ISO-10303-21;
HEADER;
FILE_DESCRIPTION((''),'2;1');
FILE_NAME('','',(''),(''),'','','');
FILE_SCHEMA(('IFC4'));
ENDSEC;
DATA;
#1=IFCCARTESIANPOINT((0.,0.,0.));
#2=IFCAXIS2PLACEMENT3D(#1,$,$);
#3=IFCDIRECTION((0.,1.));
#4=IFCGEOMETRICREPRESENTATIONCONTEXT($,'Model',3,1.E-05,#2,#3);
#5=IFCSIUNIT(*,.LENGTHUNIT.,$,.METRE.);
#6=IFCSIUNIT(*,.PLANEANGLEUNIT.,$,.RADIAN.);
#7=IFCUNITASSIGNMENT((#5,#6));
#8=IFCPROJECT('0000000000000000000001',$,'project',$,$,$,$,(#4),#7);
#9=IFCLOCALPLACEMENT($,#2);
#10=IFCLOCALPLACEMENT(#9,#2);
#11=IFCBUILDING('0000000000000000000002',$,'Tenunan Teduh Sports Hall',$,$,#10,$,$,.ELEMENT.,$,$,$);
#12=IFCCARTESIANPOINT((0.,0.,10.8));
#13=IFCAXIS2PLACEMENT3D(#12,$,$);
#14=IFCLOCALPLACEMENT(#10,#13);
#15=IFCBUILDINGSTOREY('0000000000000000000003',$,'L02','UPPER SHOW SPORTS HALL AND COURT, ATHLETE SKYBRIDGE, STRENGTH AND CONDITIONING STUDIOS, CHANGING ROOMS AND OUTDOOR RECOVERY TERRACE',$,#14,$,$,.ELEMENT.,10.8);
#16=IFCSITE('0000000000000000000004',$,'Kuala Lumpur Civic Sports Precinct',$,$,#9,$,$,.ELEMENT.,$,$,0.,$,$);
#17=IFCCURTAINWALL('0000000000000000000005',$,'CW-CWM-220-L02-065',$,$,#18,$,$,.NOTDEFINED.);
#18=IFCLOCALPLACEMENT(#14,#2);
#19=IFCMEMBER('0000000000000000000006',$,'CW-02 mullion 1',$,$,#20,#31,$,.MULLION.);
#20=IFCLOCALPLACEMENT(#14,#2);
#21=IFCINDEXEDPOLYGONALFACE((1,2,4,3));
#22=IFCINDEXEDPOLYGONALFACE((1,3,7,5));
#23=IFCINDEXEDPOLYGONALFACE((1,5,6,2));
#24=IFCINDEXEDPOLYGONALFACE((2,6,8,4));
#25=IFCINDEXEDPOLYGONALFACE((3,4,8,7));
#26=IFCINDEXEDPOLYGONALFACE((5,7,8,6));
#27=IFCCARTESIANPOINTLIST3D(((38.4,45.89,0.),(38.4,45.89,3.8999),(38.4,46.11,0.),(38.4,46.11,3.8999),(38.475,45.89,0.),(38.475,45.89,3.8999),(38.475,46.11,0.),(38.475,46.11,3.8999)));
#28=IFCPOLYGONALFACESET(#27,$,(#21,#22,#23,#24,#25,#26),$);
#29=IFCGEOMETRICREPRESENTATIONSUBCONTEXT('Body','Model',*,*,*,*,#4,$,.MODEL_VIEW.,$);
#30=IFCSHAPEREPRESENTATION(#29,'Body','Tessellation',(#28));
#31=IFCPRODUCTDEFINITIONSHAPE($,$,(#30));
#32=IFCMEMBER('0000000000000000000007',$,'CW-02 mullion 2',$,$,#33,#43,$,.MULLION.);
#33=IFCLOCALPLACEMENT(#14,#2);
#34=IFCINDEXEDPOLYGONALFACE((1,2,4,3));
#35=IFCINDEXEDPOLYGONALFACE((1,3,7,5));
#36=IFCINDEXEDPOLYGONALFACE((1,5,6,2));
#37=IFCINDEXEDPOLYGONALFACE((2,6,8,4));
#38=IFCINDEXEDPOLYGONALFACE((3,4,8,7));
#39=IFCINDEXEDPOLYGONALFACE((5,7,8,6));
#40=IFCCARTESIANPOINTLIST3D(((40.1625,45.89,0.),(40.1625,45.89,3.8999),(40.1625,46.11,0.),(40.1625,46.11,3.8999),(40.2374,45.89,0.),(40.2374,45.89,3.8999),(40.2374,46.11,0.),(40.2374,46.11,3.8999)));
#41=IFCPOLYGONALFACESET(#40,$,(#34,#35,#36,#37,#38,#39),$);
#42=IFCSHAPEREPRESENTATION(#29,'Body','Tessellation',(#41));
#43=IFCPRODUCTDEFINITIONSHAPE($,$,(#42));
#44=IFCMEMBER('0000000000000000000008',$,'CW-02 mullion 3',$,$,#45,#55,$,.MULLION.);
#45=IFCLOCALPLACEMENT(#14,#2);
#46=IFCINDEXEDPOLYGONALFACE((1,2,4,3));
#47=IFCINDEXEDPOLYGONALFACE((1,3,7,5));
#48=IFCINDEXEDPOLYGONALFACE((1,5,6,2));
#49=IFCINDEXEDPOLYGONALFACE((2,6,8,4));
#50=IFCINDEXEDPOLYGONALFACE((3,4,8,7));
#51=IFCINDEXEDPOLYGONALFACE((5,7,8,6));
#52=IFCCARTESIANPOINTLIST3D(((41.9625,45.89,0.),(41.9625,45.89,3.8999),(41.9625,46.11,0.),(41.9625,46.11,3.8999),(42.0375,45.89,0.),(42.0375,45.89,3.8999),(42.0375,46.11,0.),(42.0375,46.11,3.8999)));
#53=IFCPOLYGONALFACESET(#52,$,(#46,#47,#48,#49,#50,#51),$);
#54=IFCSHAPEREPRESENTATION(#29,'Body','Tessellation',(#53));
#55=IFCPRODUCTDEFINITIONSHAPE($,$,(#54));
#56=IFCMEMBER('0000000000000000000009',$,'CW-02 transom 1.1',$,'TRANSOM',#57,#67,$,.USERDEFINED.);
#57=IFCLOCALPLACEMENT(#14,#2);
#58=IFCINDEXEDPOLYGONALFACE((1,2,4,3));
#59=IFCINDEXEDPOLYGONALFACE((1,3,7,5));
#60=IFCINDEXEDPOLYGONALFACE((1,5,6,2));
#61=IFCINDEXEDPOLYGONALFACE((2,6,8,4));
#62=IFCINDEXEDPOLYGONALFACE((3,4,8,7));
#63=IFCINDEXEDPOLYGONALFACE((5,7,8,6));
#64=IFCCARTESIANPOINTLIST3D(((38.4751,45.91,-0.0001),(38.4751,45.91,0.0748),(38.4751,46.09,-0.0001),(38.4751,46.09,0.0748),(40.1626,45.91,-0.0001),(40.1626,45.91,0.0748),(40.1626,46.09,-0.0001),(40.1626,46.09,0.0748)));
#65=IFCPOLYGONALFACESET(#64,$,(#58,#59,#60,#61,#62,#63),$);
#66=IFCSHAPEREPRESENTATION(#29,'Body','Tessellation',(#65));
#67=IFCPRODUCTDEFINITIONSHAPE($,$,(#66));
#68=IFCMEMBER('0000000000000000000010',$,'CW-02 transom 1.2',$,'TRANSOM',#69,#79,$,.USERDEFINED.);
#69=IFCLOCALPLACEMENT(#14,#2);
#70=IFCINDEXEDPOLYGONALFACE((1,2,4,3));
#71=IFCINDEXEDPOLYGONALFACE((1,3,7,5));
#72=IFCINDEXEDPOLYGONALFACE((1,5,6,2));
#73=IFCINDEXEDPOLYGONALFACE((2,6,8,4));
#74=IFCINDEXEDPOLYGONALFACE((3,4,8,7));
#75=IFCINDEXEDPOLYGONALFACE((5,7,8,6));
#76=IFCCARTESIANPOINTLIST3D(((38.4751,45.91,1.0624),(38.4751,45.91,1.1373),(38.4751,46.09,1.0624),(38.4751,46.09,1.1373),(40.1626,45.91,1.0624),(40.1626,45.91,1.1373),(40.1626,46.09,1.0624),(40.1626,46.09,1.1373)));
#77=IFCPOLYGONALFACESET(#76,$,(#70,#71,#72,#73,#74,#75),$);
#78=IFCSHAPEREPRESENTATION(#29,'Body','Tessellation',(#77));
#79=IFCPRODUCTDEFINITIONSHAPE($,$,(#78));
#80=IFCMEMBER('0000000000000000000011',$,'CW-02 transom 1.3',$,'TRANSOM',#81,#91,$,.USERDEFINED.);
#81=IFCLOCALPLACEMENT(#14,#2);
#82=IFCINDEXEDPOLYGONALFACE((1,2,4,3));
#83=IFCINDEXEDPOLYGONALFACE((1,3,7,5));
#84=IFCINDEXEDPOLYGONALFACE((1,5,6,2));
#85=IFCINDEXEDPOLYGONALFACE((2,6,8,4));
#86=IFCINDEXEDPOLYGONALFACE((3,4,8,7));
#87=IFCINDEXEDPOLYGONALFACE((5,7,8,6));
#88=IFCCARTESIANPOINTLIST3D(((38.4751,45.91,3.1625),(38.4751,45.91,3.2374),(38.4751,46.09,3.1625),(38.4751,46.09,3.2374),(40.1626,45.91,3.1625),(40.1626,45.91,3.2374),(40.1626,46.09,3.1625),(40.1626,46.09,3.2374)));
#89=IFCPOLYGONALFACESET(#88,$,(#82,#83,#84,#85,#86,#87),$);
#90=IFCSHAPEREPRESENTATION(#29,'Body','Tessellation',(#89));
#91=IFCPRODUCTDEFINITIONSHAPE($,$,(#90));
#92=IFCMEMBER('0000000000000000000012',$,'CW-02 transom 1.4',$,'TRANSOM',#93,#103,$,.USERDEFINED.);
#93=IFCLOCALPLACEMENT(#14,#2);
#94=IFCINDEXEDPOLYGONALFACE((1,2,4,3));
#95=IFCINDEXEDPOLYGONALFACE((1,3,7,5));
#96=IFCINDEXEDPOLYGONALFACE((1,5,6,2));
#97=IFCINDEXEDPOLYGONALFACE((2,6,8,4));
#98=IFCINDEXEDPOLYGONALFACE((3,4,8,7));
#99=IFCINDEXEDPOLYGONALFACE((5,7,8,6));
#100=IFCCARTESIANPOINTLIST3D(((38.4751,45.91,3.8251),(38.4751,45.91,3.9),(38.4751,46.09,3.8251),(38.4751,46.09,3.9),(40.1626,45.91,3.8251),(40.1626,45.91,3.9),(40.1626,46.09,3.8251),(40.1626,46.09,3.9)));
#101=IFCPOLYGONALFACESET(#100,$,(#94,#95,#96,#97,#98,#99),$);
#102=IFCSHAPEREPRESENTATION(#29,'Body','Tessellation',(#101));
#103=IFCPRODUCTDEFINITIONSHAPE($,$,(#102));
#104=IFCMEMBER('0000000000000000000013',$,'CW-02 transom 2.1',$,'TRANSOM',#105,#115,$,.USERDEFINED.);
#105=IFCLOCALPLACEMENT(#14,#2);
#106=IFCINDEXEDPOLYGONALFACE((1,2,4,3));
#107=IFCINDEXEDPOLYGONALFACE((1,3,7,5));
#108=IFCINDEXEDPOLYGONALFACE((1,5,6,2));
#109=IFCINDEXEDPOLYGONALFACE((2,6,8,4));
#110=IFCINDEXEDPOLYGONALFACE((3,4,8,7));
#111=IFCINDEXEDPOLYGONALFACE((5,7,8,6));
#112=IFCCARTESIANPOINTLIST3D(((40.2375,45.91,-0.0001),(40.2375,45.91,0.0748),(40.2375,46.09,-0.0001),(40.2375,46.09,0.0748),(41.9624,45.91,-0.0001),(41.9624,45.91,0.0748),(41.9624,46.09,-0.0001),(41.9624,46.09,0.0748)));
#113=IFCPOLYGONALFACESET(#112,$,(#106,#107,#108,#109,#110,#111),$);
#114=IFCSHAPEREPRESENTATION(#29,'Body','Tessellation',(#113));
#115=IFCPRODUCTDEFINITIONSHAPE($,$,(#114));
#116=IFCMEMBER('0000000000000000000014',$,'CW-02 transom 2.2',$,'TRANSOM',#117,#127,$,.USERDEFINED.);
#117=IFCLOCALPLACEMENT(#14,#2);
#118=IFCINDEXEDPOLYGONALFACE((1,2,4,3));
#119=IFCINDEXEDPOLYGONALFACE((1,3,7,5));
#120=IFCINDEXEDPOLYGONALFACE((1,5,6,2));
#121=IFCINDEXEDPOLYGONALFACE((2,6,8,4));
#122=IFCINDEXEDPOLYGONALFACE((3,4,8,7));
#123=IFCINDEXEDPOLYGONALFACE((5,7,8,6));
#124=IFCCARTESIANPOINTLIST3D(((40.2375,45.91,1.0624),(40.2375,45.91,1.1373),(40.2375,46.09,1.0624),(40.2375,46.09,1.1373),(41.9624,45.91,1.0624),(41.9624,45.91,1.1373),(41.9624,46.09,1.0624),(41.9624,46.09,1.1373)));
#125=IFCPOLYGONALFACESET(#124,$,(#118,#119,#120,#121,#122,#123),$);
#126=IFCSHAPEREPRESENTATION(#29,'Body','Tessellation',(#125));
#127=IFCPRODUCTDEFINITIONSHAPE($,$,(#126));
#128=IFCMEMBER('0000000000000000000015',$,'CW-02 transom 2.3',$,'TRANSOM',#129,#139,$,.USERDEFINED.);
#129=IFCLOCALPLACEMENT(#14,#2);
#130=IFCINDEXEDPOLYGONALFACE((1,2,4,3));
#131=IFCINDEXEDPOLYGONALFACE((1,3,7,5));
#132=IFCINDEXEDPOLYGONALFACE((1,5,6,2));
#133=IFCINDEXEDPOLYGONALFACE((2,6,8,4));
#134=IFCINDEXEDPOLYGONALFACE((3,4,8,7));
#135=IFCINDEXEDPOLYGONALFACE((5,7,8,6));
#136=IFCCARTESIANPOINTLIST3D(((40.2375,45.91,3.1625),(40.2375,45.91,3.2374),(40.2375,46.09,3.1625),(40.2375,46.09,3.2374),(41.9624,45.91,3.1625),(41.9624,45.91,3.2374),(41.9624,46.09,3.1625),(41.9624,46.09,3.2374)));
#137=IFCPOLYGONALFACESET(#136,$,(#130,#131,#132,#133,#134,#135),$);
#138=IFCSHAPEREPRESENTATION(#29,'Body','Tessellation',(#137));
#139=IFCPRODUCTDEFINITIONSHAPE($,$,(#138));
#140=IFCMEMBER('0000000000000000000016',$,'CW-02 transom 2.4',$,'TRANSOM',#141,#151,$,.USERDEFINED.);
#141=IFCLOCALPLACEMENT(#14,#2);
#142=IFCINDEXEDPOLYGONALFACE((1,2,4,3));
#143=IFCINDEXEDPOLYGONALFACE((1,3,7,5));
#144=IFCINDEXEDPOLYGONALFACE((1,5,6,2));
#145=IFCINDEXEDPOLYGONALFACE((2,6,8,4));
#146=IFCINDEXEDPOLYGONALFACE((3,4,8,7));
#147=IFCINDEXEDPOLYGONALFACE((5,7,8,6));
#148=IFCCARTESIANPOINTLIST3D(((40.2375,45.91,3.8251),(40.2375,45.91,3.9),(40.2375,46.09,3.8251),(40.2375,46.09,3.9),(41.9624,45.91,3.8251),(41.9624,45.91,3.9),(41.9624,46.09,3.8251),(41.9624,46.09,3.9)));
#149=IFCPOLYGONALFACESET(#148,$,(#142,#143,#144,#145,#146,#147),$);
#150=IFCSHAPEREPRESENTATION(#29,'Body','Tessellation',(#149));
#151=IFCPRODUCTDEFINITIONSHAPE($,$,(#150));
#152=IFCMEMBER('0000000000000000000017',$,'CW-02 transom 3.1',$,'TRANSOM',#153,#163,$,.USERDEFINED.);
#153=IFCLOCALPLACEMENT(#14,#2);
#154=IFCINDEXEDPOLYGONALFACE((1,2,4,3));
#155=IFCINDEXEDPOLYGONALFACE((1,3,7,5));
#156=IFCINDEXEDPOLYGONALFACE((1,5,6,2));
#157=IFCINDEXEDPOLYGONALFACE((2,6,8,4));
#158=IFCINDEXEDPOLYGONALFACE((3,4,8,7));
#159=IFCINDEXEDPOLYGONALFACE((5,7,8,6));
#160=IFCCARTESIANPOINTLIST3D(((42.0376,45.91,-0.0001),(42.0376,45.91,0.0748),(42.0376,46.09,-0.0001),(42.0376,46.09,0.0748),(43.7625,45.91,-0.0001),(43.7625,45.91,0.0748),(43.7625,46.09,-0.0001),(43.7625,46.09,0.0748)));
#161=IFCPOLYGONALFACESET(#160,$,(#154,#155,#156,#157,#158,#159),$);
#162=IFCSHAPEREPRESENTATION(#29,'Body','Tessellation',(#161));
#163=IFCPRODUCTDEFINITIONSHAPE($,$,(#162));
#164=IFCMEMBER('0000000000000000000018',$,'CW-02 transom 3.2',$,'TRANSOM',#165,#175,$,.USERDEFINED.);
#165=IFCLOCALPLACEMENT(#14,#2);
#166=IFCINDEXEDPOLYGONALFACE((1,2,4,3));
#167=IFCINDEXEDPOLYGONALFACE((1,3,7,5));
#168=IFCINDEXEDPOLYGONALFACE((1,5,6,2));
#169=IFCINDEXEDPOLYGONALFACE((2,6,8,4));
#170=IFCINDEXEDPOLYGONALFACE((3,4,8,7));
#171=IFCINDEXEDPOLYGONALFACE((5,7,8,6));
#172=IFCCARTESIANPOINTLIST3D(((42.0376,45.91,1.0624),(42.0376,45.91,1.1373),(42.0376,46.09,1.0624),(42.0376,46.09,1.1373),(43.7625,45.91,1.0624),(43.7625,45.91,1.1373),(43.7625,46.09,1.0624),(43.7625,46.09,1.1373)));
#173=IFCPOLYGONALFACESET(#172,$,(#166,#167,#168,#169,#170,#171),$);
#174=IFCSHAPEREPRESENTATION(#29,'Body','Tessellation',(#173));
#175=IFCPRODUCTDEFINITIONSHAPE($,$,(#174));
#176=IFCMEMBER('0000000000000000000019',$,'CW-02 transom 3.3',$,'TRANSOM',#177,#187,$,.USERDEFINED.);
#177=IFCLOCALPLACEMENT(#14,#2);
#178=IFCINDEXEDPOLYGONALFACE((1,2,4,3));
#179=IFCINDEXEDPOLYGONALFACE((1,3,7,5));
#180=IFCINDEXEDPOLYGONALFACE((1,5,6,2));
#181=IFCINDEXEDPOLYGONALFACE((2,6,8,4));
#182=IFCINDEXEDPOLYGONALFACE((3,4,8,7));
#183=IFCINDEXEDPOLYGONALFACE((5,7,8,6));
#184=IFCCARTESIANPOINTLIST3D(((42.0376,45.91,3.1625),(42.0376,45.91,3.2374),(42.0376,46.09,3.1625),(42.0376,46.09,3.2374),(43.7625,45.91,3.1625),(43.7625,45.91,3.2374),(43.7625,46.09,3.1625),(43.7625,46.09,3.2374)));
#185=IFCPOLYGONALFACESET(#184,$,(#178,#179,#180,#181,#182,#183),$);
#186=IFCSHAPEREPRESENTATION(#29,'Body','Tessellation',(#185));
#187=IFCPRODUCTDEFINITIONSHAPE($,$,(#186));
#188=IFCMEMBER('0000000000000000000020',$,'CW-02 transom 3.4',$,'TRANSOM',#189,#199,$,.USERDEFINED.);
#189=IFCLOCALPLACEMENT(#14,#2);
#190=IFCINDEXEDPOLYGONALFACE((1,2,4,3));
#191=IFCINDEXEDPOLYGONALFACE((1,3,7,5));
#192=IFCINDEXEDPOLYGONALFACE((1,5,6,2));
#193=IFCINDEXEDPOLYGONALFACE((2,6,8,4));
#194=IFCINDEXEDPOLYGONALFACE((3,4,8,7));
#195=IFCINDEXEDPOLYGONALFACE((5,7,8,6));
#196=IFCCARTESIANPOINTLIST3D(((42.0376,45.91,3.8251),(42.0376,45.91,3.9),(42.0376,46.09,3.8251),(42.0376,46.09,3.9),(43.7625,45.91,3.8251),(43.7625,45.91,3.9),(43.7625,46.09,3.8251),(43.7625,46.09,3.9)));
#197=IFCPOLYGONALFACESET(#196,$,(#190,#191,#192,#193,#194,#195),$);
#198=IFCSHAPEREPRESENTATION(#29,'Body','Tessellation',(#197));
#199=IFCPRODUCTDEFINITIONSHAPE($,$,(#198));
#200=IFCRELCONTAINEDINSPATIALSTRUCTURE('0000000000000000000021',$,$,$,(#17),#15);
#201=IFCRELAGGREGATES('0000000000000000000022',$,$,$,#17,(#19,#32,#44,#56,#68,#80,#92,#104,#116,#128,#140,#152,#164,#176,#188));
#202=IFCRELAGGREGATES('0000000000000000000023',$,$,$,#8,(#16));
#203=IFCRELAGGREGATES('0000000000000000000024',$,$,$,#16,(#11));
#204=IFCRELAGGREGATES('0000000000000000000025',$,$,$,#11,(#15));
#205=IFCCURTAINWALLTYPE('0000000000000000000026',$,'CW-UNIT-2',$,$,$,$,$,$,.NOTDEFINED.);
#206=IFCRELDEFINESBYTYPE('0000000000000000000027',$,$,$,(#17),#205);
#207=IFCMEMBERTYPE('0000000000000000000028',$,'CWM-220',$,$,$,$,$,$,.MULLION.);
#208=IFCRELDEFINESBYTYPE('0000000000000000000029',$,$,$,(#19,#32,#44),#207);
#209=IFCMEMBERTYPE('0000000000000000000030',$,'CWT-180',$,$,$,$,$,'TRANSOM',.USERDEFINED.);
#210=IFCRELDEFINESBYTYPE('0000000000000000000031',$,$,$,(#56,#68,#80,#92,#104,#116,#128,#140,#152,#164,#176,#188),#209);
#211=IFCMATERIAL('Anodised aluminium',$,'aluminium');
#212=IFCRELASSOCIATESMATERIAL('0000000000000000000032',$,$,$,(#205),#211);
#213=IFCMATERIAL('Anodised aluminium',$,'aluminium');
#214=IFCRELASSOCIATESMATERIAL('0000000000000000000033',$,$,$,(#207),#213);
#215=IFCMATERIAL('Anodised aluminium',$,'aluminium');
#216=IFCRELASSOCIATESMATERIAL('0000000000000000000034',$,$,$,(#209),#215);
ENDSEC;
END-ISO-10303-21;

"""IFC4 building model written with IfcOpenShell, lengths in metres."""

from ifc_helpers import new_model, si_unit, direction, frame, origin, origin_2d, place, context, subcontext, project, spatial, rectangle, extrude, material, material_profile, profile_set, type_object, element, aggregate, save


model = new_model("IFC4")

# Units and contexts
model_context = context("Model", 3, precision=1e-05, world=origin(), true_north=direction((0.0, 1.0)))
body_context = subcontext(model_context, "Body", "Model", "MODEL_VIEW")
ifc_project = project(units=[si_unit("LENGTHUNIT", "METRE"), si_unit("PLANEANGLEUNIT", "RADIAN")], contexts=[model_context])

# Site, building, storey
site_placement = place(None, origin())
site = spatial("IfcSite", under=ifc_project, at=site_placement, Name="Kuala Lumpur Civic Sports Precinct", CompositionType="ELEMENT", RefElevation=0.0)
building_placement = place(site_placement, origin())
building = spatial("IfcBuilding", under=site, at=building_placement, Name="Tenunan Teduh Sports Hall", CompositionType="ELEMENT")
storey_placement = place(building_placement, frame((0.0, 0.0, 10.8)))
storey = spatial("IfcBuildingStorey", under=building, at=storey_placement, Name="L02", Description="UPPER SHOW SPORTS HALL AND COURT, ATHLETE SKYBRIDGE, STRENGTH AND CONDITIONING STUDIOS, CHANGING ROOMS AND OUTDOOR RECOVERY TERRACE", CompositionType="ELEMENT", Elevation=10.8)

# Curtain wall, members
ifc_material_1 = material(Name="Anodised aluminium", Category="aluminium")
curtain_wall_type = type_object("IfcCurtainWallType", Name="CW-UNIT-2", PredefinedType="NOTDEFINED", material=ifc_material_1)
curtain_wall_placement = place(storey_placement, origin())
curtain_wall = element("IfcCurtainWall", 1, at=curtain_wall_placement, inside=storey, type_object=curtain_wall_type, Name="CW-CWM-220-L02-065", PredefinedType="NOTDEFINED")
ifc_material_2 = material(Name="Anodised aluminium", Category="aluminium")
ifc_material_profile_1 = material_profile(ifc_material_2, rectangle(XDim=0.075, YDim=0.22, at=origin_2d()), Name="CWM 75x220")
ifc_profile_set_1 = profile_set([ifc_material_profile_1], Name="Anodised aluminium")
member_type_1 = type_object("IfcMemberType", Name="CWM-220", PredefinedType="MULLION", material=ifc_profile_set_1)
member_1_placement = place(storey_placement, frame((38.4375, 46.0, 0.0), z_axis=(0.0, 0.0, 1.0), x_axis=(1.0, 0.0, 0.0)))
member_1 = element("IfcMember", 2, at=member_1_placement, type_object=member_type_1, Name="CW-02 mullion 1", PredefinedType="MULLION", context=body_context, shape_type="SweptSolid", body=[
    extrude(rectangle(XDim=0.075, YDim=0.22, at=origin_2d()), origin(), (0.0, 0.0, 1.0), 3.8999),
])
member_2_placement = place(storey_placement, frame((40.2, 46.0, 0.0), z_axis=(0.0, 0.0, 1.0), x_axis=(1.0, 0.0, 0.0)))
member_2 = element("IfcMember", 3, at=member_2_placement, type_object=member_type_1, Name="CW-02 mullion 2", PredefinedType="MULLION", context=body_context, shape_type="SweptSolid", body=[
    extrude(rectangle(XDim=0.075, YDim=0.22, at=origin_2d()), origin(), (0.0, 0.0, 1.0), 3.8999),
])
member_3_placement = place(storey_placement, frame((42.0, 46.0, 0.0), z_axis=(0.0, 0.0, 1.0), x_axis=(1.0, 0.0, 0.0)))
member_3 = element("IfcMember", 4, at=member_3_placement, type_object=member_type_1, Name="CW-02 mullion 3", PredefinedType="MULLION", context=body_context, shape_type="SweptSolid", body=[
    extrude(rectangle(XDim=0.075, YDim=0.22, at=origin_2d()), origin(), (0.0, 0.0, 1.0), 3.8999),
])
ifc_material_3 = material(Name="Anodised aluminium", Category="aluminium")
ifc_material_profile_2 = material_profile(ifc_material_3, rectangle(XDim=0.075, YDim=0.1799, at=origin_2d()), Name="CWT 75x180")
ifc_profile_set_2 = profile_set([ifc_material_profile_2], Name="Anodised aluminium")
member_type_2 = type_object("IfcMemberType", Name="CWT-180", ElementType="TRANSOM", PredefinedType="USERDEFINED", material=ifc_profile_set_2)
member_4_placement = place(storey_placement, frame((38.4751, 46.0, 0.0374), z_axis=(1.0, 0.0, 0.0), x_axis=(0.0, 0.0, 1.0)))
member_4 = element("IfcMember", 5, at=member_4_placement, type_object=member_type_2, Name="CW-02 transom 1.1", ObjectType="TRANSOM", PredefinedType="USERDEFINED", context=body_context, shape_type="SweptSolid", body=[
    extrude(rectangle(XDim=0.075, YDim=0.1799, at=origin_2d()), origin(), (0.0, 0.0, 1.0), 1.6875),
])
member_5_placement = place(storey_placement, frame((38.4751, 46.0, 1.0999), z_axis=(1.0, 0.0, 0.0), x_axis=(0.0, 0.0, 1.0)))
member_5 = element("IfcMember", 6, at=member_5_placement, type_object=member_type_2, Name="CW-02 transom 1.2", ObjectType="TRANSOM", PredefinedType="USERDEFINED", context=body_context, shape_type="SweptSolid", body=[
    extrude(rectangle(XDim=0.075, YDim=0.1799, at=origin_2d()), origin(), (0.0, 0.0, 1.0), 1.6875),
])
member_6_placement = place(storey_placement, frame((38.4751, 46.0, 3.2), z_axis=(1.0, 0.0, 0.0), x_axis=(0.0, 0.0, 1.0)))
member_6 = element("IfcMember", 7, at=member_6_placement, type_object=member_type_2, Name="CW-02 transom 1.3", ObjectType="TRANSOM", PredefinedType="USERDEFINED", context=body_context, shape_type="SweptSolid", body=[
    extrude(rectangle(XDim=0.075, YDim=0.1799, at=origin_2d()), origin(), (0.0, 0.0, 1.0), 1.6875),
])
member_7_placement = place(storey_placement, frame((38.4751, 46.0, 3.8625), z_axis=(1.0, 0.0, 0.0), x_axis=(0.0, 0.0, 1.0)))
member_7 = element("IfcMember", 8, at=member_7_placement, type_object=member_type_2, Name="CW-02 transom 1.4", ObjectType="TRANSOM", PredefinedType="USERDEFINED", context=body_context, shape_type="SweptSolid", body=[
    extrude(rectangle(XDim=0.075, YDim=0.1799, at=origin_2d()), origin(), (0.0, 0.0, 1.0), 1.6875),
])
member_8_placement = place(storey_placement, frame((40.2375, 46.0, 0.0374), z_axis=(1.0, 0.0, 0.0), x_axis=(0.0, 0.0, 1.0)))
member_8 = element("IfcMember", 9, at=member_8_placement, type_object=member_type_2, Name="CW-02 transom 2.1", ObjectType="TRANSOM", PredefinedType="USERDEFINED", context=body_context, shape_type="SweptSolid", body=[
    extrude(rectangle(XDim=0.075, YDim=0.1799, at=origin_2d()), origin(), (0.0, 0.0, 1.0), 1.7249),
])
member_9_placement = place(storey_placement, frame((40.2375, 46.0, 1.0999), z_axis=(1.0, 0.0, 0.0), x_axis=(0.0, 0.0, 1.0)))
member_9 = element("IfcMember", 10, at=member_9_placement, type_object=member_type_2, Name="CW-02 transom 2.2", ObjectType="TRANSOM", PredefinedType="USERDEFINED", context=body_context, shape_type="SweptSolid", body=[
    extrude(rectangle(XDim=0.075, YDim=0.1799, at=origin_2d()), origin(), (0.0, 0.0, 1.0), 1.7249),
])
member_10_placement = place(storey_placement, frame((40.2375, 46.0, 3.2), z_axis=(1.0, 0.0, 0.0), x_axis=(0.0, 0.0, 1.0)))
member_10 = element("IfcMember", 11, at=member_10_placement, type_object=member_type_2, Name="CW-02 transom 2.3", ObjectType="TRANSOM", PredefinedType="USERDEFINED", context=body_context, shape_type="SweptSolid", body=[
    extrude(rectangle(XDim=0.075, YDim=0.1799, at=origin_2d()), origin(), (0.0, 0.0, 1.0), 1.7249),
])
member_11_placement = place(storey_placement, frame((40.2375, 46.0, 3.8625), z_axis=(1.0, 0.0, 0.0), x_axis=(0.0, 0.0, 1.0)))
member_11 = element("IfcMember", 12, at=member_11_placement, type_object=member_type_2, Name="CW-02 transom 2.4", ObjectType="TRANSOM", PredefinedType="USERDEFINED", context=body_context, shape_type="SweptSolid", body=[
    extrude(rectangle(XDim=0.075, YDim=0.1799, at=origin_2d()), origin(), (0.0, 0.0, 1.0), 1.7249),
])
member_12_placement = place(storey_placement, frame((42.0376, 46.0, 0.0374), z_axis=(1.0, 0.0, 0.0), x_axis=(0.0, 0.0, 1.0)))
member_12 = element("IfcMember", 13, at=member_12_placement, type_object=member_type_2, Name="CW-02 transom 3.1", ObjectType="TRANSOM", PredefinedType="USERDEFINED", context=body_context, shape_type="SweptSolid", body=[
    extrude(rectangle(XDim=0.075, YDim=0.1799, at=origin_2d()), origin(), (0.0, 0.0, 1.0), 1.7249),
])
member_13_placement = place(storey_placement, frame((42.0376, 46.0, 1.0999), z_axis=(1.0, 0.0, 0.0), x_axis=(0.0, 0.0, 1.0)))
member_13 = element("IfcMember", 14, at=member_13_placement, type_object=member_type_2, Name="CW-02 transom 3.2", ObjectType="TRANSOM", PredefinedType="USERDEFINED", context=body_context, shape_type="SweptSolid", body=[
    extrude(rectangle(XDim=0.075, YDim=0.1799, at=origin_2d()), origin(), (0.0, 0.0, 1.0), 1.7249),
])
member_14_placement = place(storey_placement, frame((42.0376, 46.0, 3.2), z_axis=(1.0, 0.0, 0.0), x_axis=(0.0, 0.0, 1.0)))
member_14 = element("IfcMember", 15, at=member_14_placement, type_object=member_type_2, Name="CW-02 transom 3.3", ObjectType="TRANSOM", PredefinedType="USERDEFINED", context=body_context, shape_type="SweptSolid", body=[
    extrude(rectangle(XDim=0.075, YDim=0.1799, at=origin_2d()), origin(), (0.0, 0.0, 1.0), 1.7249),
])
member_15_placement = place(storey_placement, frame((42.0376, 46.0, 3.8625), z_axis=(1.0, 0.0, 0.0), x_axis=(0.0, 0.0, 1.0)))
member_15 = element("IfcMember", 16, at=member_15_placement, type_object=member_type_2, Name="CW-02 transom 3.4", ObjectType="TRANSOM", PredefinedType="USERDEFINED", context=body_context, shape_type="SweptSolid", body=[
    extrude(rectangle(XDim=0.075, YDim=0.1799, at=origin_2d()), origin(), (0.0, 0.0, 1.0), 1.7249),
])
aggregate(curtain_wall, [member_1, member_2, member_3, member_4, member_5, member_6, member_7, member_8, member_9, member_10, member_11, member_12, member_13, member_14, member_15])

save(model, "model.ifc")
